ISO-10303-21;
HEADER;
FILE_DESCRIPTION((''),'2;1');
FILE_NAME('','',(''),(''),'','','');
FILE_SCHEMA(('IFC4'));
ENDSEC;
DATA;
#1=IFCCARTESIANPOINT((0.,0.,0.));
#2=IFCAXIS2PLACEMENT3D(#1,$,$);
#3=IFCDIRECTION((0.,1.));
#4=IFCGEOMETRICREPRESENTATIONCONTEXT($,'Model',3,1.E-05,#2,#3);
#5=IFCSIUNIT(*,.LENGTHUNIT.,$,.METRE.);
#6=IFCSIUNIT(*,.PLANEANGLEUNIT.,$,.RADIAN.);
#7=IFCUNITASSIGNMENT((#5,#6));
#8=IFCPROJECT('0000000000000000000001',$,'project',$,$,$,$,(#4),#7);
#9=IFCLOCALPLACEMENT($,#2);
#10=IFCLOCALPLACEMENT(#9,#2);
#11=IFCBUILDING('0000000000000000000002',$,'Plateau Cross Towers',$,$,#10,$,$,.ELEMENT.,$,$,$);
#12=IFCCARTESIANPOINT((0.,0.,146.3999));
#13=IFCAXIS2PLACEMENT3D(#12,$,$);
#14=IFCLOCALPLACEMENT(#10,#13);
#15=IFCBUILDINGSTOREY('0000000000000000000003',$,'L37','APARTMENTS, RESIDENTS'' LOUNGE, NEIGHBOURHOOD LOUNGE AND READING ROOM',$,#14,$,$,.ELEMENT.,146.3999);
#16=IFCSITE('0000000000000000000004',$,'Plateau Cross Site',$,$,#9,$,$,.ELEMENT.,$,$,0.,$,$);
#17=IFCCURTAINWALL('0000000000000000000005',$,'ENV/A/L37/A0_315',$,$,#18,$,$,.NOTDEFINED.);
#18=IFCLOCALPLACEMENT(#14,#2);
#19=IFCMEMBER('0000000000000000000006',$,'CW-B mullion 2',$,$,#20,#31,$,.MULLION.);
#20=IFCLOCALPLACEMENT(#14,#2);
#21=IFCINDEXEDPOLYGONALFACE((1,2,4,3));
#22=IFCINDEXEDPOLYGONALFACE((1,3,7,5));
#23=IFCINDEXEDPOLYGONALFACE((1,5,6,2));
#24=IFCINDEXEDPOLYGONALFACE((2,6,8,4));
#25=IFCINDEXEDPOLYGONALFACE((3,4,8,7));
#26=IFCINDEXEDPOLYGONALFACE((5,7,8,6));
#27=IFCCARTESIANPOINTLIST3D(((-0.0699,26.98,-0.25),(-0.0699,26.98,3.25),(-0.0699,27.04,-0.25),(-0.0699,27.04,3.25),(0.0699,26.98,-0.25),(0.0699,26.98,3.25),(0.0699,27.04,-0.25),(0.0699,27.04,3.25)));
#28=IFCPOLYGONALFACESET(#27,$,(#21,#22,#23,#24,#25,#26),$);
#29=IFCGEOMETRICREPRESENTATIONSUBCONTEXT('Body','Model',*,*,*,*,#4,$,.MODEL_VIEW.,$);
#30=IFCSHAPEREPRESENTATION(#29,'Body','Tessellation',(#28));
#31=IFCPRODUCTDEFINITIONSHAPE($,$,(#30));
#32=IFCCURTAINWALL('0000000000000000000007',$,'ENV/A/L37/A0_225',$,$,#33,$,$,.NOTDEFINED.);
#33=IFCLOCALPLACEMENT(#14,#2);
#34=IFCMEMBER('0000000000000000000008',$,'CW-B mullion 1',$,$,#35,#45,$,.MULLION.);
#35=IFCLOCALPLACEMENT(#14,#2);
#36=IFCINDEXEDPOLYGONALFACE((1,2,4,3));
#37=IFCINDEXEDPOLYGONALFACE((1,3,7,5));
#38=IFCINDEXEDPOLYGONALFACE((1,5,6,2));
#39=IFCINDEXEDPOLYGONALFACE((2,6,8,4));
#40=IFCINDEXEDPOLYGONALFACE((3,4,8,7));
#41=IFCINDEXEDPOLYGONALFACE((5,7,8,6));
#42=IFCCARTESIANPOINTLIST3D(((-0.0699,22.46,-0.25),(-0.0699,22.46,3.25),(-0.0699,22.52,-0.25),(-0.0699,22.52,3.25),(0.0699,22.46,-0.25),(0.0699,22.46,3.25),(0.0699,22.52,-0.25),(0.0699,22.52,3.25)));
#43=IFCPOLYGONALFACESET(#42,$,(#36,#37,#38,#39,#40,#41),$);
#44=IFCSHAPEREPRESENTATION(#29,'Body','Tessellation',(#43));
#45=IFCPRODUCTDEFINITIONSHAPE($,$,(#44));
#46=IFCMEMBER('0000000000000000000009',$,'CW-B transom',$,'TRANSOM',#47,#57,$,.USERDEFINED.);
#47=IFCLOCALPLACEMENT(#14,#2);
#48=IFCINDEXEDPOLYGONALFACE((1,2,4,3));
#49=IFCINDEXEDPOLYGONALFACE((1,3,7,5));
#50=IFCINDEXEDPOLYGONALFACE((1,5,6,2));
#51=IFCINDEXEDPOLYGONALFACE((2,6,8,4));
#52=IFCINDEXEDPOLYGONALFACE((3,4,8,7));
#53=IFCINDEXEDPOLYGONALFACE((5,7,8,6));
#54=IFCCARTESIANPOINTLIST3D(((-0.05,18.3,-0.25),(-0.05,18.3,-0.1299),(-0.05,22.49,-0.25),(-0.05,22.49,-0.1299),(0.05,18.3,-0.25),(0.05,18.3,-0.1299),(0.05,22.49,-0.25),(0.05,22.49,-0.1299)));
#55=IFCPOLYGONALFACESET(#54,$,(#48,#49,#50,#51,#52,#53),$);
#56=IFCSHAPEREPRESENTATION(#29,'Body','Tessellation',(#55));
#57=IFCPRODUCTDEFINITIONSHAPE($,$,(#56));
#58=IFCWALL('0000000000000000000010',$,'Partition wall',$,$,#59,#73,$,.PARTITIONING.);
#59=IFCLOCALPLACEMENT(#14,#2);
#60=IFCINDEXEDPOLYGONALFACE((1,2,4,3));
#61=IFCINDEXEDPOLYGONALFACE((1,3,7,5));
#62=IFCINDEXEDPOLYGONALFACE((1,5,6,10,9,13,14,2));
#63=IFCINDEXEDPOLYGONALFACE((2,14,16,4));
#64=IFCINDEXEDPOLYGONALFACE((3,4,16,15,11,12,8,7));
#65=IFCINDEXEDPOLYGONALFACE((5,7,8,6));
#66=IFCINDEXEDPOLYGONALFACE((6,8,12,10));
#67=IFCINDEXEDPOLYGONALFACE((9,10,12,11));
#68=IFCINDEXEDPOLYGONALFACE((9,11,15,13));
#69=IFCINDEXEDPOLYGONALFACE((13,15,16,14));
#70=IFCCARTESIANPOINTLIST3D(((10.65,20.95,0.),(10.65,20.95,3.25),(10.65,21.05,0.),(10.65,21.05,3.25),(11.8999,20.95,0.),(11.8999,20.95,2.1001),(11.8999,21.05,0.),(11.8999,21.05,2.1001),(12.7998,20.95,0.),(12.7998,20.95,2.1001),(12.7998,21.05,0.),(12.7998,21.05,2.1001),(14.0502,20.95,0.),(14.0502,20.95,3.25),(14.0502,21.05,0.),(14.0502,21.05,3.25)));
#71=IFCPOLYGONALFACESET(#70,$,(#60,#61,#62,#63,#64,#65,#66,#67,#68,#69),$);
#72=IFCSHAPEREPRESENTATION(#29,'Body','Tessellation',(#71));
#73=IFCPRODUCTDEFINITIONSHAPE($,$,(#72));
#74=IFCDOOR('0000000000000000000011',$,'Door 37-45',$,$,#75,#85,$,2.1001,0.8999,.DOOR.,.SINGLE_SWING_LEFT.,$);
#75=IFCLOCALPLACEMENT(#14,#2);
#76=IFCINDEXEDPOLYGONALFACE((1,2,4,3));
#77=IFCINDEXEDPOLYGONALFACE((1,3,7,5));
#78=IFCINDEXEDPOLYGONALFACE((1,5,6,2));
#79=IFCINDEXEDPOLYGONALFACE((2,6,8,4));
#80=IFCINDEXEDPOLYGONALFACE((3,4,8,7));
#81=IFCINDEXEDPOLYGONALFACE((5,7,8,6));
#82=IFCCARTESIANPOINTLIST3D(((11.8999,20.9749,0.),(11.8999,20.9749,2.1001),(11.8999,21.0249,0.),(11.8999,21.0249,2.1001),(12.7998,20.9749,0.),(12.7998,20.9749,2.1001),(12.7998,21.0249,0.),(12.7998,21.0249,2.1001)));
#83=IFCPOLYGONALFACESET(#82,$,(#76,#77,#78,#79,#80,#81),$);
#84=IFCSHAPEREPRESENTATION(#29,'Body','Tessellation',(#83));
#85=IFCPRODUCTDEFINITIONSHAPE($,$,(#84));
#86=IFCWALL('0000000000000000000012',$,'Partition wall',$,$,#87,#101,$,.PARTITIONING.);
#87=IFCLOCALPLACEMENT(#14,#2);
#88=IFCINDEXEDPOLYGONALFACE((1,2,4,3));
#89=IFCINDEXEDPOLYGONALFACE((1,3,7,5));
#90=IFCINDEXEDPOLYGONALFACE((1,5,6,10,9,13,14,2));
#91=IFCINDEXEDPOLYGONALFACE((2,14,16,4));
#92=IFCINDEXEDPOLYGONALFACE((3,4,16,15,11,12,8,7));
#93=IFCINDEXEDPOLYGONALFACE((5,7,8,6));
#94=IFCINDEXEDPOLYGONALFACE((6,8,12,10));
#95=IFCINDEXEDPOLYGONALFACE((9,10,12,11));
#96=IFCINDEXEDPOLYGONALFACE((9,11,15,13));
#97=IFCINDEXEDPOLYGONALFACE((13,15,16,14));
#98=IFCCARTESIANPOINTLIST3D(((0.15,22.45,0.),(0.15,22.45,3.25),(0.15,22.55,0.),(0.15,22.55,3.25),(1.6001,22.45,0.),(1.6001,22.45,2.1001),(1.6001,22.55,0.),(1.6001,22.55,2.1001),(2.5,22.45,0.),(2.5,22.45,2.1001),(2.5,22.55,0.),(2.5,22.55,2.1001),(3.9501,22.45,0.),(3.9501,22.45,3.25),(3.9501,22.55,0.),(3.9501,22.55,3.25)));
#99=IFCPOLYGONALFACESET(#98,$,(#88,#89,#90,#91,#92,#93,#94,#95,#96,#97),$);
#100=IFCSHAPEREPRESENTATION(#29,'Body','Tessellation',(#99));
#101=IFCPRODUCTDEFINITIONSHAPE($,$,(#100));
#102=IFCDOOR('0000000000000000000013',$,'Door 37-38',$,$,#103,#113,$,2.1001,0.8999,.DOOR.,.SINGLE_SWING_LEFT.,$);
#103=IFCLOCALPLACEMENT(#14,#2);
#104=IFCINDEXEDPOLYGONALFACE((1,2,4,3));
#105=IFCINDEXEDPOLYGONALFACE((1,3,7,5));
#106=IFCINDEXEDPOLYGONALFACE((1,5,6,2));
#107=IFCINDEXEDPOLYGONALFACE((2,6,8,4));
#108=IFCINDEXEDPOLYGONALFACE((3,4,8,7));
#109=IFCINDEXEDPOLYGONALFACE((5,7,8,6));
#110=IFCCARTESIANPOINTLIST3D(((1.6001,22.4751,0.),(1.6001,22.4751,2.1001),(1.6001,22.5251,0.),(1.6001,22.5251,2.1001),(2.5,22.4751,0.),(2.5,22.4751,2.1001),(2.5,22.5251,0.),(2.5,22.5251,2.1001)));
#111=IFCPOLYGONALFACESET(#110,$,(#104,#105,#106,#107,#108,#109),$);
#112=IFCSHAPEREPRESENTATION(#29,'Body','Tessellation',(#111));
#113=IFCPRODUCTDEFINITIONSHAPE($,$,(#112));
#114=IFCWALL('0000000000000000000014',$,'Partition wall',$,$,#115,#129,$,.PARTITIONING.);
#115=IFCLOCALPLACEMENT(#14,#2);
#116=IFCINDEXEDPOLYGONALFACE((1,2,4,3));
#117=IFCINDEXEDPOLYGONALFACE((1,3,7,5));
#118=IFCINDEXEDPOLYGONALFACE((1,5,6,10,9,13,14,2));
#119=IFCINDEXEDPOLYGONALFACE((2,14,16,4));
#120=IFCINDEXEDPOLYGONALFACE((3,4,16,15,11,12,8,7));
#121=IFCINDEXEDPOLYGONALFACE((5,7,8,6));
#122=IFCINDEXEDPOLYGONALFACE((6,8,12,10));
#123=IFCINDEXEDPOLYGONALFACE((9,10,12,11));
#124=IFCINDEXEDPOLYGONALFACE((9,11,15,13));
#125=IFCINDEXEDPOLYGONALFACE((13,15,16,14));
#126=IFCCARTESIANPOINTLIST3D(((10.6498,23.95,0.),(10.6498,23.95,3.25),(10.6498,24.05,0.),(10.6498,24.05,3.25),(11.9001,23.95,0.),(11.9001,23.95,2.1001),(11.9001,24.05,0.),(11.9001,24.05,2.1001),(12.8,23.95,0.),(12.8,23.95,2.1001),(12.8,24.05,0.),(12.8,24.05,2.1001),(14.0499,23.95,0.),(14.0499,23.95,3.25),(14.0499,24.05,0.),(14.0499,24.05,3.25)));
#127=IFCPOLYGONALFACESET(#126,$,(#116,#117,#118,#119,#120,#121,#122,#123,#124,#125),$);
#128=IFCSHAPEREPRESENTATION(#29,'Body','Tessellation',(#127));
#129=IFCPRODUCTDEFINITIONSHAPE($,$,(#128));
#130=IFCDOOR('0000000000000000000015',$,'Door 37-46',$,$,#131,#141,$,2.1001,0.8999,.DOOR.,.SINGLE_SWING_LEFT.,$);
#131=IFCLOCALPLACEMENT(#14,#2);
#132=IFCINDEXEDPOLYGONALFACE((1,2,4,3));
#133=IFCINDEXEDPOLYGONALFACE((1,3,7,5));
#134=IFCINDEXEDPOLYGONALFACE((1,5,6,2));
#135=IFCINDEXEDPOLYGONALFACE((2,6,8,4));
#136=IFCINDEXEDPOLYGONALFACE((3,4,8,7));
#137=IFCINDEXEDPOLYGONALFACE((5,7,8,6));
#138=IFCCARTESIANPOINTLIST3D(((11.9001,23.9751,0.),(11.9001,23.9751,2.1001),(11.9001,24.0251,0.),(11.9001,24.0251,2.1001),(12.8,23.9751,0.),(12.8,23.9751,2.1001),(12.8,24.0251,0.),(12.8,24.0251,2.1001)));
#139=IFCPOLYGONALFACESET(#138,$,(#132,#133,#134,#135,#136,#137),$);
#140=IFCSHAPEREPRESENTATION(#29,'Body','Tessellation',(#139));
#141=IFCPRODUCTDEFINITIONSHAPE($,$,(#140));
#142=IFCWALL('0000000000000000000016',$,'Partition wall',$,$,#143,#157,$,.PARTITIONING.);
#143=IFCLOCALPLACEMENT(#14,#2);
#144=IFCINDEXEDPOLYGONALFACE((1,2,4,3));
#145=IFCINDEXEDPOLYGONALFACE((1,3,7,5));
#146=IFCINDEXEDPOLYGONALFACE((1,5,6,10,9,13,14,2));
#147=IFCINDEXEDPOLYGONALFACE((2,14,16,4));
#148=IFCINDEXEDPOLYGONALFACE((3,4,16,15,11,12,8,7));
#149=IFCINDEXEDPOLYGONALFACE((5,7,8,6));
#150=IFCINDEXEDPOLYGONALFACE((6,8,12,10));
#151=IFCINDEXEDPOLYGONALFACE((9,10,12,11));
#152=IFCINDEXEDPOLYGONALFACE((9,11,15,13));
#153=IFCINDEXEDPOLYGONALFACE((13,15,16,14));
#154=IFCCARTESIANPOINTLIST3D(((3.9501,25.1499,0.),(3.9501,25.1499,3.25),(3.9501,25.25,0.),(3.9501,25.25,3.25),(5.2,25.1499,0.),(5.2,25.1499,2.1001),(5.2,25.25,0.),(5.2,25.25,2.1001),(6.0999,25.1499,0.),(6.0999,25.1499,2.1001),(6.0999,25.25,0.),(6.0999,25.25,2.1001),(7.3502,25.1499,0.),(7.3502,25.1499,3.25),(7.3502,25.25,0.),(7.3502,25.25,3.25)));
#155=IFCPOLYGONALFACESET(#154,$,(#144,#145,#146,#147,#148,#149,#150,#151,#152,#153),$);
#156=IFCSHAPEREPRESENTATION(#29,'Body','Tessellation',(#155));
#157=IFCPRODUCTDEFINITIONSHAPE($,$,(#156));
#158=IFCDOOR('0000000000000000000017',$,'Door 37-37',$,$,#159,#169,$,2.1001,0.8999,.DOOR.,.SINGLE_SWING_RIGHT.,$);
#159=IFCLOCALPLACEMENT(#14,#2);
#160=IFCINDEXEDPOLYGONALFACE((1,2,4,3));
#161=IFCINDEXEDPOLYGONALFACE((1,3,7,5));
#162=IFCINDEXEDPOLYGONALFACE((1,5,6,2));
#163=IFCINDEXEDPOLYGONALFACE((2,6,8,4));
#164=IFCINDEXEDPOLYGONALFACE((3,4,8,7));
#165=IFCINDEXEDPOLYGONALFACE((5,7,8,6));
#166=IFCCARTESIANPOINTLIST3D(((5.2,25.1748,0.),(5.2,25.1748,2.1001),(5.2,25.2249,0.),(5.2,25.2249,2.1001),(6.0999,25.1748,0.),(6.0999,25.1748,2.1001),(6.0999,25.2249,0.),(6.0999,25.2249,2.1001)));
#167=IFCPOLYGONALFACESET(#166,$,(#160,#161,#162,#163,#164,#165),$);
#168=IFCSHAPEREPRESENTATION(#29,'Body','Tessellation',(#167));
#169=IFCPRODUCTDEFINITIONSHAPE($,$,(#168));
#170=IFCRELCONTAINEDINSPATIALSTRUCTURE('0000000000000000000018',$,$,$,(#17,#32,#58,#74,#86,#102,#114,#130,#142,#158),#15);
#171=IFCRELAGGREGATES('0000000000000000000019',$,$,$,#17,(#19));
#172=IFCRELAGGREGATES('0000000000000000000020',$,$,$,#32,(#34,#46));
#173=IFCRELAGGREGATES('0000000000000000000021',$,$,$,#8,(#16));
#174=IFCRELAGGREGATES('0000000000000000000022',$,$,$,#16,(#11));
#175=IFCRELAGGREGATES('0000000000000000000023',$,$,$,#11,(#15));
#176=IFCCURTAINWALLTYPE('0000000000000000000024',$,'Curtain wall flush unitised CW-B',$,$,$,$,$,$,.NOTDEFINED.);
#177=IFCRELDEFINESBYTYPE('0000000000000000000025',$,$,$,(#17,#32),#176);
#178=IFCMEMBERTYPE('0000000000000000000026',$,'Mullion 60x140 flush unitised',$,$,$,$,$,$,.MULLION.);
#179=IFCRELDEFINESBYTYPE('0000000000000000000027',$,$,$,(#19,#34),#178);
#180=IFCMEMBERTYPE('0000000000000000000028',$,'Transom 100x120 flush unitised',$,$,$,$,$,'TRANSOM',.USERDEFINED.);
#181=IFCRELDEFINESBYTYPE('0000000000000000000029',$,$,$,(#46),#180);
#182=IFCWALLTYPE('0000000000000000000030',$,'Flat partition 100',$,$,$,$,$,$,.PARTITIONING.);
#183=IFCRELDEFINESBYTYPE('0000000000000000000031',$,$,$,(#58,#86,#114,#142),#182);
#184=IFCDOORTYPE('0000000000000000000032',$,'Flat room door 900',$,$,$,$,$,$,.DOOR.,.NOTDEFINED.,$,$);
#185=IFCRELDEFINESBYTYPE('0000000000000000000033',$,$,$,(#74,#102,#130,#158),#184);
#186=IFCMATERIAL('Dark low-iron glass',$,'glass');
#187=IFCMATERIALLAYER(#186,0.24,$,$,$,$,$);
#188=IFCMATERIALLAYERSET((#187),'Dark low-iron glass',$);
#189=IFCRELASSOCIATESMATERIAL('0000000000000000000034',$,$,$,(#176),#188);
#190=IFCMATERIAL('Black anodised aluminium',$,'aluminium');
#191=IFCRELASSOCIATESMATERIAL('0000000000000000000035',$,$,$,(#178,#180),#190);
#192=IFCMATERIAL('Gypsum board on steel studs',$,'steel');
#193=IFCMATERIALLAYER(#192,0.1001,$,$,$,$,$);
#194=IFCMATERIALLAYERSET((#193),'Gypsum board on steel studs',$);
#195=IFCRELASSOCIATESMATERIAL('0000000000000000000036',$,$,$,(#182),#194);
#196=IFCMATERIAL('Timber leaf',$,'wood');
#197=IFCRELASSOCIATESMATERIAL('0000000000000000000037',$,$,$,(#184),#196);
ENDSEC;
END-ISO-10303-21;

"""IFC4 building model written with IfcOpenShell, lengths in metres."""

from ifc_helpers import new_model, si_unit, direction, frame, frame_2d, origin, origin_2d, place, context, subcontext, project, spatial, rectangle, extrude, material, layer, layer_set, material_profile, profile_set, type_object, element, fill, aggregate, save


model = new_model("IFC4")

# Units and contexts
model_context = context("Model", 3, precision=1e-05, world=origin(), true_north=direction((0.0, 1.0)))
body_context = subcontext(model_context, "Body", "Model", "MODEL_VIEW")
ifc_project = project(units=[si_unit("LENGTHUNIT", "METRE"), si_unit("PLANEANGLEUNIT", "RADIAN")], contexts=[model_context])

# Site, building, storey
site_placement = place(None, origin())
site = spatial("IfcSite", under=ifc_project, at=site_placement, Name="Plateau Cross Site", CompositionType="ELEMENT", RefElevation=0.0)
building_placement = place(site_placement, origin())
building = spatial("IfcBuilding", under=site, at=building_placement, Name="Plateau Cross Towers", CompositionType="ELEMENT")
storey_placement = place(building_placement, frame((0.0, 0.0, 146.3999)))
storey = spatial("IfcBuildingStorey", under=building, at=storey_placement, Name="L37", Description="APARTMENTS, RESIDENTS' LOUNGE, NEIGHBOURHOOD LOUNGE AND READING ROOM", CompositionType="ELEMENT", Elevation=146.3999)

# Curtain wall, member
ifc_material_1 = material(Name="Dark low-iron glass", Category="glass")
ifc_layer_1 = layer(ifc_material_1, 0.24)
ifc_layer_set_1 = layer_set([ifc_layer_1], Name="Dark low-iron glass")
curtain_wall_type = type_object("IfcCurtainWallType", Name="Curtain wall flush unitised CW-B", PredefinedType="NOTDEFINED", material=ifc_layer_set_1)
curtain_wall_1_placement = place(storey_placement, origin())
curtain_wall_1 = element("IfcCurtainWall", 1, at=curtain_wall_1_placement, inside=storey, type_object=curtain_wall_type, Name="ENV/A/L37/A0_315", PredefinedType="NOTDEFINED")
ifc_material_2 = material(Name="Black anodised aluminium", Category="aluminium")
ifc_material_profile_1 = material_profile(ifc_material_2, rectangle(XDim=0.0601, YDim=0.1399, at=origin_2d()), Name="MULLION 60x140")
ifc_profile_set_1 = profile_set([ifc_material_profile_1], Name="Black anodised aluminium")
member_type_1 = type_object("IfcMemberType", Name="Mullion 60x140 flush unitised", PredefinedType="MULLION", material=ifc_profile_set_1)
member_1_placement = place(storey_placement, frame((0.0, 27.01, -0.25), z_axis=(0.0, 0.0, 1.0), x_axis=(0.0, -1.0, 0.0)))
member_1 = element("IfcMember", 2, at=member_1_placement, type_object=member_type_1, Name="CW-B mullion 2", PredefinedType="MULLION", context=body_context, shape_type="SweptSolid", body=[
    extrude(rectangle(XDim=0.0601, YDim=0.1399, at=origin_2d()), origin(), (0.0, 0.0, 1.0), 3.5),
])
aggregate(curtain_wall_1, [member_1])

# Curtain wall, members
curtain_wall_2_placement = place(storey_placement, origin())
curtain_wall_2 = element("IfcCurtainWall", 3, at=curtain_wall_2_placement, inside=storey, type_object=curtain_wall_type, Name="ENV/A/L37/A0_225", PredefinedType="NOTDEFINED")
member_2_placement = place(storey_placement, frame((0.0, 22.49, -0.25), z_axis=(0.0, 0.0, 1.0), x_axis=(0.0, -1.0, 0.0)))
member_2 = element("IfcMember", 4, at=member_2_placement, type_object=member_type_1, Name="CW-B mullion 1", PredefinedType="MULLION", context=body_context, shape_type="SweptSolid", body=[
    extrude(rectangle(XDim=0.0601, YDim=0.1399, at=origin_2d()), origin(), (0.0, 0.0, 1.0), 3.5),
])
ifc_material_profile_2 = material_profile(ifc_material_2, rectangle(XDim=0.1001, YDim=0.1201, at=origin_2d()), Name="TRANSOM 100x120")
ifc_profile_set_2 = profile_set([ifc_material_profile_2], Name="Black anodised aluminium")
member_type_2 = type_object("IfcMemberType", Name="Transom 100x120 flush unitised", ElementType="TRANSOM", PredefinedType="USERDEFINED", material=ifc_profile_set_2)
member_3_placement = place(storey_placement, frame((0.0, 22.49, -0.1899), z_axis=(0.0, -1.0, 0.0), x_axis=(1.0, 0.0, 0.0)))
member_3 = element("IfcMember", 5, at=member_3_placement, type_object=member_type_2, Name="CW-B transom", ObjectType="TRANSOM", PredefinedType="USERDEFINED", context=body_context, shape_type="SweptSolid", body=[
    extrude(rectangle(XDim=0.1001, YDim=0.1201, at=origin_2d()), origin(), (0.0, 0.0, 1.0), 4.1899),
])
aggregate(curtain_wall_2, [member_2, member_3])

# Walls, openings, doors
ifc_material_3 = material(Name="Gypsum board on steel studs", Category="steel")
ifc_layer_2 = layer(ifc_material_3, 0.1001)
ifc_layer_set_2 = layer_set([ifc_layer_2], Name="Gypsum board on steel studs")
wall_type_1 = type_object("IfcWallType", Name="Flat partition 100", PredefinedType="PARTITIONING", material=ifc_layer_set_2)
wall_1_placement = place(storey_placement, frame((10.6499, 21.0, 0.0), z_axis=(0.0, 0.0, 1.0), x_axis=(1.0, 0.0, 0.0)))
wall_1 = element("IfcWall", 6, at=wall_1_placement, inside=storey, type_object=wall_type_1, Name="Partition wall", PredefinedType="PARTITIONING", context=body_context, shape_type="SweptSolid", body=[
    extrude(rectangle(XDim=3.4001, YDim=0.1001, at=frame_2d((1.7002, 0.0))), origin(), (0.0, 0.0, 1.0), 3.25),
])
opening_1_placement = place(wall_1_placement, frame((1.25, 0.0, 0.0)))
opening_1 = element("IfcOpeningElement", 7, at=opening_1_placement, cuts=wall_1, PredefinedType="OPENING", context=body_context, shape_type="SweptSolid", body=[
    extrude(rectangle(XDim=0.8999, YDim=2.1001, at=frame_2d((0.45, 1.05))), frame((0.0, 0.0601, 0.0), z_axis=(0.0, -1.0, 0.0), x_axis=(1.0, 0.0, 0.0)), (0.0, 0.0, 1.0), 0.1201),
])
ifc_material_4 = material(Name="Timber leaf", Category="wood")
door_type_1 = type_object("IfcDoorType", Name="Flat room door 900", OperationType="NOTDEFINED", PredefinedType="DOOR", material=ifc_material_4)
door_1_placement = place(opening_1_placement, origin())
door_1 = element("IfcDoor", 8, at=door_1_placement, inside=storey, type_object=door_type_1, Name="Door 37-45", OperationType="SINGLE_SWING_LEFT", OverallHeight=2.1001, OverallWidth=0.8999, PredefinedType="DOOR", context=body_context, shape_type="SweptSolid", body=[
    extrude(rectangle(XDim=0.8999, YDim=2.1001, at=frame_2d((0.45, 1.05))), frame((0.0, 0.0249, 0.0), z_axis=(0.0, -1.0, 0.0), x_axis=(1.0, 0.0, 0.0)), (0.0, 0.0, 1.0), 0.05),
])
fill(opening_1, door_1)
wall_2_placement = place(storey_placement, frame((3.95, 22.5, 0.0), z_axis=(0.0, 0.0, 1.0), x_axis=(-1.0, 0.0, 0.0)))
wall_2 = element("IfcWall", 9, at=wall_2_placement, inside=storey, type_object=wall_type_1, Name="Partition wall", PredefinedType="PARTITIONING", context=body_context, shape_type="SweptSolid", body=[
    extrude(rectangle(XDim=3.8, YDim=0.1001, at=frame_2d((1.8999, 0.0))), origin(), (0.0, 0.0, 1.0), 3.25),
])
opening_2_placement = place(wall_2_placement, frame((1.45, 0.0, 0.0)))
opening_2 = element("IfcOpeningElement", 10, at=opening_2_placement, cuts=wall_2, PredefinedType="OPENING", context=body_context, shape_type="SweptSolid", body=[
    extrude(rectangle(XDim=0.8999, YDim=2.1001, at=frame_2d((0.45, 1.05))), frame((0.0, 0.0601, 0.0), z_axis=(0.0, -1.0, 0.0), x_axis=(1.0, 0.0, 0.0)), (0.0, 0.0, 1.0), 0.1201),
])
door_2_placement = place(opening_2_placement, origin())
door_2 = element("IfcDoor", 11, at=door_2_placement, inside=storey, type_object=door_type_1, Name="Door 37-38", OperationType="SINGLE_SWING_LEFT", OverallHeight=2.1001, OverallWidth=0.8999, PredefinedType="DOOR", context=body_context, shape_type="SweptSolid", body=[
    extrude(rectangle(XDim=0.8999, YDim=2.1001, at=frame_2d((0.45, 1.05))), frame((0.0, 0.0249, 0.0), z_axis=(0.0, -1.0, 0.0), x_axis=(1.0, 0.0, 0.0)), (0.0, 0.0, 1.0), 0.05),
])
fill(opening_2, door_2)
wall_3_placement = place(storey_placement, frame((14.05, 24.0, 0.0), z_axis=(0.0, 0.0, 1.0), x_axis=(-1.0, 0.0, 0.0)))
wall_3 = element("IfcWall", 12, at=wall_3_placement, inside=storey, type_object=wall_type_1, Name="Partition wall", PredefinedType="PARTITIONING", context=body_context, shape_type="SweptSolid", body=[
    extrude(rectangle(XDim=3.4001, YDim=0.1001, at=frame_2d((1.7002, 0.0))), origin(), (0.0, 0.0, 1.0), 3.25),
])
opening_3_placement = place(wall_3_placement, frame((1.25, 0.0, 0.0)))
opening_3 = element("IfcOpeningElement", 13, at=opening_3_placement, cuts=wall_3, PredefinedType="OPENING", context=body_context, shape_type="SweptSolid", body=[
    extrude(rectangle(XDim=0.8999, YDim=2.1001, at=frame_2d((0.45, 1.05))), frame((0.0, 0.0601, 0.0), z_axis=(0.0, -1.0, 0.0), x_axis=(1.0, 0.0, 0.0)), (0.0, 0.0, 1.0), 0.1201),
])
door_3_placement = place(opening_3_placement, origin())
door_3 = element("IfcDoor", 14, at=door_3_placement, inside=storey, type_object=door_type_1, Name="Door 37-46", OperationType="SINGLE_SWING_LEFT", OverallHeight=2.1001, OverallWidth=0.8999, PredefinedType="DOOR", context=body_context, shape_type="SweptSolid", body=[
    extrude(rectangle(XDim=0.8999, YDim=2.1001, at=frame_2d((0.45, 1.05))), frame((0.0, 0.0249, 0.0), z_axis=(0.0, -1.0, 0.0), x_axis=(1.0, 0.0, 0.0)), (0.0, 0.0, 1.0), 0.05),
])
fill(opening_3, door_3)
wall_4_placement = place(storey_placement, frame((3.95, 25.2, 0.0), z_axis=(0.0, 0.0, 1.0), x_axis=(1.0, 0.0, 0.0)))
wall_4 = element("IfcWall", 15, at=wall_4_placement, inside=storey, type_object=wall_type_1, Name="Partition wall", PredefinedType="PARTITIONING", context=body_context, shape_type="SweptSolid", body=[
    extrude(rectangle(XDim=3.4001, YDim=0.1001, at=frame_2d((1.7002, 0.0))), origin(), (0.0, 0.0, 1.0), 3.25),
])
opening_4_placement = place(wall_4_placement, frame((1.25, 0.0, 0.0)))
opening_4 = element("IfcOpeningElement", 16, at=opening_4_placement, cuts=wall_4, PredefinedType="OPENING", context=body_context, shape_type="SweptSolid", body=[
    extrude(rectangle(XDim=0.8999, YDim=2.1001, at=frame_2d((0.45, 1.05))), frame((0.0, 0.0601, 0.0), z_axis=(0.0, -1.0, 0.0), x_axis=(1.0, 0.0, 0.0)), (0.0, 0.0, 1.0), 0.1201),
])
door_4_placement = place(opening_4_placement, origin())
door_4 = element("IfcDoor", 17, at=door_4_placement, inside=storey, type_object=door_type_1, Name="Door 37-37", OperationType="SINGLE_SWING_RIGHT", OverallHeight=2.1001, OverallWidth=0.8999, PredefinedType="DOOR", context=body_context, shape_type="SweptSolid", body=[
    extrude(rectangle(XDim=0.8999, YDim=2.1001, at=frame_2d((0.45, 1.05))), frame((0.0, 0.0249, 0.0), z_axis=(0.0, -1.0, 0.0), x_axis=(1.0, 0.0, 0.0)), (0.0, 0.0, 1.0), 0.05),
])
fill(opening_4, door_4)

save(model, "model.ifc")
